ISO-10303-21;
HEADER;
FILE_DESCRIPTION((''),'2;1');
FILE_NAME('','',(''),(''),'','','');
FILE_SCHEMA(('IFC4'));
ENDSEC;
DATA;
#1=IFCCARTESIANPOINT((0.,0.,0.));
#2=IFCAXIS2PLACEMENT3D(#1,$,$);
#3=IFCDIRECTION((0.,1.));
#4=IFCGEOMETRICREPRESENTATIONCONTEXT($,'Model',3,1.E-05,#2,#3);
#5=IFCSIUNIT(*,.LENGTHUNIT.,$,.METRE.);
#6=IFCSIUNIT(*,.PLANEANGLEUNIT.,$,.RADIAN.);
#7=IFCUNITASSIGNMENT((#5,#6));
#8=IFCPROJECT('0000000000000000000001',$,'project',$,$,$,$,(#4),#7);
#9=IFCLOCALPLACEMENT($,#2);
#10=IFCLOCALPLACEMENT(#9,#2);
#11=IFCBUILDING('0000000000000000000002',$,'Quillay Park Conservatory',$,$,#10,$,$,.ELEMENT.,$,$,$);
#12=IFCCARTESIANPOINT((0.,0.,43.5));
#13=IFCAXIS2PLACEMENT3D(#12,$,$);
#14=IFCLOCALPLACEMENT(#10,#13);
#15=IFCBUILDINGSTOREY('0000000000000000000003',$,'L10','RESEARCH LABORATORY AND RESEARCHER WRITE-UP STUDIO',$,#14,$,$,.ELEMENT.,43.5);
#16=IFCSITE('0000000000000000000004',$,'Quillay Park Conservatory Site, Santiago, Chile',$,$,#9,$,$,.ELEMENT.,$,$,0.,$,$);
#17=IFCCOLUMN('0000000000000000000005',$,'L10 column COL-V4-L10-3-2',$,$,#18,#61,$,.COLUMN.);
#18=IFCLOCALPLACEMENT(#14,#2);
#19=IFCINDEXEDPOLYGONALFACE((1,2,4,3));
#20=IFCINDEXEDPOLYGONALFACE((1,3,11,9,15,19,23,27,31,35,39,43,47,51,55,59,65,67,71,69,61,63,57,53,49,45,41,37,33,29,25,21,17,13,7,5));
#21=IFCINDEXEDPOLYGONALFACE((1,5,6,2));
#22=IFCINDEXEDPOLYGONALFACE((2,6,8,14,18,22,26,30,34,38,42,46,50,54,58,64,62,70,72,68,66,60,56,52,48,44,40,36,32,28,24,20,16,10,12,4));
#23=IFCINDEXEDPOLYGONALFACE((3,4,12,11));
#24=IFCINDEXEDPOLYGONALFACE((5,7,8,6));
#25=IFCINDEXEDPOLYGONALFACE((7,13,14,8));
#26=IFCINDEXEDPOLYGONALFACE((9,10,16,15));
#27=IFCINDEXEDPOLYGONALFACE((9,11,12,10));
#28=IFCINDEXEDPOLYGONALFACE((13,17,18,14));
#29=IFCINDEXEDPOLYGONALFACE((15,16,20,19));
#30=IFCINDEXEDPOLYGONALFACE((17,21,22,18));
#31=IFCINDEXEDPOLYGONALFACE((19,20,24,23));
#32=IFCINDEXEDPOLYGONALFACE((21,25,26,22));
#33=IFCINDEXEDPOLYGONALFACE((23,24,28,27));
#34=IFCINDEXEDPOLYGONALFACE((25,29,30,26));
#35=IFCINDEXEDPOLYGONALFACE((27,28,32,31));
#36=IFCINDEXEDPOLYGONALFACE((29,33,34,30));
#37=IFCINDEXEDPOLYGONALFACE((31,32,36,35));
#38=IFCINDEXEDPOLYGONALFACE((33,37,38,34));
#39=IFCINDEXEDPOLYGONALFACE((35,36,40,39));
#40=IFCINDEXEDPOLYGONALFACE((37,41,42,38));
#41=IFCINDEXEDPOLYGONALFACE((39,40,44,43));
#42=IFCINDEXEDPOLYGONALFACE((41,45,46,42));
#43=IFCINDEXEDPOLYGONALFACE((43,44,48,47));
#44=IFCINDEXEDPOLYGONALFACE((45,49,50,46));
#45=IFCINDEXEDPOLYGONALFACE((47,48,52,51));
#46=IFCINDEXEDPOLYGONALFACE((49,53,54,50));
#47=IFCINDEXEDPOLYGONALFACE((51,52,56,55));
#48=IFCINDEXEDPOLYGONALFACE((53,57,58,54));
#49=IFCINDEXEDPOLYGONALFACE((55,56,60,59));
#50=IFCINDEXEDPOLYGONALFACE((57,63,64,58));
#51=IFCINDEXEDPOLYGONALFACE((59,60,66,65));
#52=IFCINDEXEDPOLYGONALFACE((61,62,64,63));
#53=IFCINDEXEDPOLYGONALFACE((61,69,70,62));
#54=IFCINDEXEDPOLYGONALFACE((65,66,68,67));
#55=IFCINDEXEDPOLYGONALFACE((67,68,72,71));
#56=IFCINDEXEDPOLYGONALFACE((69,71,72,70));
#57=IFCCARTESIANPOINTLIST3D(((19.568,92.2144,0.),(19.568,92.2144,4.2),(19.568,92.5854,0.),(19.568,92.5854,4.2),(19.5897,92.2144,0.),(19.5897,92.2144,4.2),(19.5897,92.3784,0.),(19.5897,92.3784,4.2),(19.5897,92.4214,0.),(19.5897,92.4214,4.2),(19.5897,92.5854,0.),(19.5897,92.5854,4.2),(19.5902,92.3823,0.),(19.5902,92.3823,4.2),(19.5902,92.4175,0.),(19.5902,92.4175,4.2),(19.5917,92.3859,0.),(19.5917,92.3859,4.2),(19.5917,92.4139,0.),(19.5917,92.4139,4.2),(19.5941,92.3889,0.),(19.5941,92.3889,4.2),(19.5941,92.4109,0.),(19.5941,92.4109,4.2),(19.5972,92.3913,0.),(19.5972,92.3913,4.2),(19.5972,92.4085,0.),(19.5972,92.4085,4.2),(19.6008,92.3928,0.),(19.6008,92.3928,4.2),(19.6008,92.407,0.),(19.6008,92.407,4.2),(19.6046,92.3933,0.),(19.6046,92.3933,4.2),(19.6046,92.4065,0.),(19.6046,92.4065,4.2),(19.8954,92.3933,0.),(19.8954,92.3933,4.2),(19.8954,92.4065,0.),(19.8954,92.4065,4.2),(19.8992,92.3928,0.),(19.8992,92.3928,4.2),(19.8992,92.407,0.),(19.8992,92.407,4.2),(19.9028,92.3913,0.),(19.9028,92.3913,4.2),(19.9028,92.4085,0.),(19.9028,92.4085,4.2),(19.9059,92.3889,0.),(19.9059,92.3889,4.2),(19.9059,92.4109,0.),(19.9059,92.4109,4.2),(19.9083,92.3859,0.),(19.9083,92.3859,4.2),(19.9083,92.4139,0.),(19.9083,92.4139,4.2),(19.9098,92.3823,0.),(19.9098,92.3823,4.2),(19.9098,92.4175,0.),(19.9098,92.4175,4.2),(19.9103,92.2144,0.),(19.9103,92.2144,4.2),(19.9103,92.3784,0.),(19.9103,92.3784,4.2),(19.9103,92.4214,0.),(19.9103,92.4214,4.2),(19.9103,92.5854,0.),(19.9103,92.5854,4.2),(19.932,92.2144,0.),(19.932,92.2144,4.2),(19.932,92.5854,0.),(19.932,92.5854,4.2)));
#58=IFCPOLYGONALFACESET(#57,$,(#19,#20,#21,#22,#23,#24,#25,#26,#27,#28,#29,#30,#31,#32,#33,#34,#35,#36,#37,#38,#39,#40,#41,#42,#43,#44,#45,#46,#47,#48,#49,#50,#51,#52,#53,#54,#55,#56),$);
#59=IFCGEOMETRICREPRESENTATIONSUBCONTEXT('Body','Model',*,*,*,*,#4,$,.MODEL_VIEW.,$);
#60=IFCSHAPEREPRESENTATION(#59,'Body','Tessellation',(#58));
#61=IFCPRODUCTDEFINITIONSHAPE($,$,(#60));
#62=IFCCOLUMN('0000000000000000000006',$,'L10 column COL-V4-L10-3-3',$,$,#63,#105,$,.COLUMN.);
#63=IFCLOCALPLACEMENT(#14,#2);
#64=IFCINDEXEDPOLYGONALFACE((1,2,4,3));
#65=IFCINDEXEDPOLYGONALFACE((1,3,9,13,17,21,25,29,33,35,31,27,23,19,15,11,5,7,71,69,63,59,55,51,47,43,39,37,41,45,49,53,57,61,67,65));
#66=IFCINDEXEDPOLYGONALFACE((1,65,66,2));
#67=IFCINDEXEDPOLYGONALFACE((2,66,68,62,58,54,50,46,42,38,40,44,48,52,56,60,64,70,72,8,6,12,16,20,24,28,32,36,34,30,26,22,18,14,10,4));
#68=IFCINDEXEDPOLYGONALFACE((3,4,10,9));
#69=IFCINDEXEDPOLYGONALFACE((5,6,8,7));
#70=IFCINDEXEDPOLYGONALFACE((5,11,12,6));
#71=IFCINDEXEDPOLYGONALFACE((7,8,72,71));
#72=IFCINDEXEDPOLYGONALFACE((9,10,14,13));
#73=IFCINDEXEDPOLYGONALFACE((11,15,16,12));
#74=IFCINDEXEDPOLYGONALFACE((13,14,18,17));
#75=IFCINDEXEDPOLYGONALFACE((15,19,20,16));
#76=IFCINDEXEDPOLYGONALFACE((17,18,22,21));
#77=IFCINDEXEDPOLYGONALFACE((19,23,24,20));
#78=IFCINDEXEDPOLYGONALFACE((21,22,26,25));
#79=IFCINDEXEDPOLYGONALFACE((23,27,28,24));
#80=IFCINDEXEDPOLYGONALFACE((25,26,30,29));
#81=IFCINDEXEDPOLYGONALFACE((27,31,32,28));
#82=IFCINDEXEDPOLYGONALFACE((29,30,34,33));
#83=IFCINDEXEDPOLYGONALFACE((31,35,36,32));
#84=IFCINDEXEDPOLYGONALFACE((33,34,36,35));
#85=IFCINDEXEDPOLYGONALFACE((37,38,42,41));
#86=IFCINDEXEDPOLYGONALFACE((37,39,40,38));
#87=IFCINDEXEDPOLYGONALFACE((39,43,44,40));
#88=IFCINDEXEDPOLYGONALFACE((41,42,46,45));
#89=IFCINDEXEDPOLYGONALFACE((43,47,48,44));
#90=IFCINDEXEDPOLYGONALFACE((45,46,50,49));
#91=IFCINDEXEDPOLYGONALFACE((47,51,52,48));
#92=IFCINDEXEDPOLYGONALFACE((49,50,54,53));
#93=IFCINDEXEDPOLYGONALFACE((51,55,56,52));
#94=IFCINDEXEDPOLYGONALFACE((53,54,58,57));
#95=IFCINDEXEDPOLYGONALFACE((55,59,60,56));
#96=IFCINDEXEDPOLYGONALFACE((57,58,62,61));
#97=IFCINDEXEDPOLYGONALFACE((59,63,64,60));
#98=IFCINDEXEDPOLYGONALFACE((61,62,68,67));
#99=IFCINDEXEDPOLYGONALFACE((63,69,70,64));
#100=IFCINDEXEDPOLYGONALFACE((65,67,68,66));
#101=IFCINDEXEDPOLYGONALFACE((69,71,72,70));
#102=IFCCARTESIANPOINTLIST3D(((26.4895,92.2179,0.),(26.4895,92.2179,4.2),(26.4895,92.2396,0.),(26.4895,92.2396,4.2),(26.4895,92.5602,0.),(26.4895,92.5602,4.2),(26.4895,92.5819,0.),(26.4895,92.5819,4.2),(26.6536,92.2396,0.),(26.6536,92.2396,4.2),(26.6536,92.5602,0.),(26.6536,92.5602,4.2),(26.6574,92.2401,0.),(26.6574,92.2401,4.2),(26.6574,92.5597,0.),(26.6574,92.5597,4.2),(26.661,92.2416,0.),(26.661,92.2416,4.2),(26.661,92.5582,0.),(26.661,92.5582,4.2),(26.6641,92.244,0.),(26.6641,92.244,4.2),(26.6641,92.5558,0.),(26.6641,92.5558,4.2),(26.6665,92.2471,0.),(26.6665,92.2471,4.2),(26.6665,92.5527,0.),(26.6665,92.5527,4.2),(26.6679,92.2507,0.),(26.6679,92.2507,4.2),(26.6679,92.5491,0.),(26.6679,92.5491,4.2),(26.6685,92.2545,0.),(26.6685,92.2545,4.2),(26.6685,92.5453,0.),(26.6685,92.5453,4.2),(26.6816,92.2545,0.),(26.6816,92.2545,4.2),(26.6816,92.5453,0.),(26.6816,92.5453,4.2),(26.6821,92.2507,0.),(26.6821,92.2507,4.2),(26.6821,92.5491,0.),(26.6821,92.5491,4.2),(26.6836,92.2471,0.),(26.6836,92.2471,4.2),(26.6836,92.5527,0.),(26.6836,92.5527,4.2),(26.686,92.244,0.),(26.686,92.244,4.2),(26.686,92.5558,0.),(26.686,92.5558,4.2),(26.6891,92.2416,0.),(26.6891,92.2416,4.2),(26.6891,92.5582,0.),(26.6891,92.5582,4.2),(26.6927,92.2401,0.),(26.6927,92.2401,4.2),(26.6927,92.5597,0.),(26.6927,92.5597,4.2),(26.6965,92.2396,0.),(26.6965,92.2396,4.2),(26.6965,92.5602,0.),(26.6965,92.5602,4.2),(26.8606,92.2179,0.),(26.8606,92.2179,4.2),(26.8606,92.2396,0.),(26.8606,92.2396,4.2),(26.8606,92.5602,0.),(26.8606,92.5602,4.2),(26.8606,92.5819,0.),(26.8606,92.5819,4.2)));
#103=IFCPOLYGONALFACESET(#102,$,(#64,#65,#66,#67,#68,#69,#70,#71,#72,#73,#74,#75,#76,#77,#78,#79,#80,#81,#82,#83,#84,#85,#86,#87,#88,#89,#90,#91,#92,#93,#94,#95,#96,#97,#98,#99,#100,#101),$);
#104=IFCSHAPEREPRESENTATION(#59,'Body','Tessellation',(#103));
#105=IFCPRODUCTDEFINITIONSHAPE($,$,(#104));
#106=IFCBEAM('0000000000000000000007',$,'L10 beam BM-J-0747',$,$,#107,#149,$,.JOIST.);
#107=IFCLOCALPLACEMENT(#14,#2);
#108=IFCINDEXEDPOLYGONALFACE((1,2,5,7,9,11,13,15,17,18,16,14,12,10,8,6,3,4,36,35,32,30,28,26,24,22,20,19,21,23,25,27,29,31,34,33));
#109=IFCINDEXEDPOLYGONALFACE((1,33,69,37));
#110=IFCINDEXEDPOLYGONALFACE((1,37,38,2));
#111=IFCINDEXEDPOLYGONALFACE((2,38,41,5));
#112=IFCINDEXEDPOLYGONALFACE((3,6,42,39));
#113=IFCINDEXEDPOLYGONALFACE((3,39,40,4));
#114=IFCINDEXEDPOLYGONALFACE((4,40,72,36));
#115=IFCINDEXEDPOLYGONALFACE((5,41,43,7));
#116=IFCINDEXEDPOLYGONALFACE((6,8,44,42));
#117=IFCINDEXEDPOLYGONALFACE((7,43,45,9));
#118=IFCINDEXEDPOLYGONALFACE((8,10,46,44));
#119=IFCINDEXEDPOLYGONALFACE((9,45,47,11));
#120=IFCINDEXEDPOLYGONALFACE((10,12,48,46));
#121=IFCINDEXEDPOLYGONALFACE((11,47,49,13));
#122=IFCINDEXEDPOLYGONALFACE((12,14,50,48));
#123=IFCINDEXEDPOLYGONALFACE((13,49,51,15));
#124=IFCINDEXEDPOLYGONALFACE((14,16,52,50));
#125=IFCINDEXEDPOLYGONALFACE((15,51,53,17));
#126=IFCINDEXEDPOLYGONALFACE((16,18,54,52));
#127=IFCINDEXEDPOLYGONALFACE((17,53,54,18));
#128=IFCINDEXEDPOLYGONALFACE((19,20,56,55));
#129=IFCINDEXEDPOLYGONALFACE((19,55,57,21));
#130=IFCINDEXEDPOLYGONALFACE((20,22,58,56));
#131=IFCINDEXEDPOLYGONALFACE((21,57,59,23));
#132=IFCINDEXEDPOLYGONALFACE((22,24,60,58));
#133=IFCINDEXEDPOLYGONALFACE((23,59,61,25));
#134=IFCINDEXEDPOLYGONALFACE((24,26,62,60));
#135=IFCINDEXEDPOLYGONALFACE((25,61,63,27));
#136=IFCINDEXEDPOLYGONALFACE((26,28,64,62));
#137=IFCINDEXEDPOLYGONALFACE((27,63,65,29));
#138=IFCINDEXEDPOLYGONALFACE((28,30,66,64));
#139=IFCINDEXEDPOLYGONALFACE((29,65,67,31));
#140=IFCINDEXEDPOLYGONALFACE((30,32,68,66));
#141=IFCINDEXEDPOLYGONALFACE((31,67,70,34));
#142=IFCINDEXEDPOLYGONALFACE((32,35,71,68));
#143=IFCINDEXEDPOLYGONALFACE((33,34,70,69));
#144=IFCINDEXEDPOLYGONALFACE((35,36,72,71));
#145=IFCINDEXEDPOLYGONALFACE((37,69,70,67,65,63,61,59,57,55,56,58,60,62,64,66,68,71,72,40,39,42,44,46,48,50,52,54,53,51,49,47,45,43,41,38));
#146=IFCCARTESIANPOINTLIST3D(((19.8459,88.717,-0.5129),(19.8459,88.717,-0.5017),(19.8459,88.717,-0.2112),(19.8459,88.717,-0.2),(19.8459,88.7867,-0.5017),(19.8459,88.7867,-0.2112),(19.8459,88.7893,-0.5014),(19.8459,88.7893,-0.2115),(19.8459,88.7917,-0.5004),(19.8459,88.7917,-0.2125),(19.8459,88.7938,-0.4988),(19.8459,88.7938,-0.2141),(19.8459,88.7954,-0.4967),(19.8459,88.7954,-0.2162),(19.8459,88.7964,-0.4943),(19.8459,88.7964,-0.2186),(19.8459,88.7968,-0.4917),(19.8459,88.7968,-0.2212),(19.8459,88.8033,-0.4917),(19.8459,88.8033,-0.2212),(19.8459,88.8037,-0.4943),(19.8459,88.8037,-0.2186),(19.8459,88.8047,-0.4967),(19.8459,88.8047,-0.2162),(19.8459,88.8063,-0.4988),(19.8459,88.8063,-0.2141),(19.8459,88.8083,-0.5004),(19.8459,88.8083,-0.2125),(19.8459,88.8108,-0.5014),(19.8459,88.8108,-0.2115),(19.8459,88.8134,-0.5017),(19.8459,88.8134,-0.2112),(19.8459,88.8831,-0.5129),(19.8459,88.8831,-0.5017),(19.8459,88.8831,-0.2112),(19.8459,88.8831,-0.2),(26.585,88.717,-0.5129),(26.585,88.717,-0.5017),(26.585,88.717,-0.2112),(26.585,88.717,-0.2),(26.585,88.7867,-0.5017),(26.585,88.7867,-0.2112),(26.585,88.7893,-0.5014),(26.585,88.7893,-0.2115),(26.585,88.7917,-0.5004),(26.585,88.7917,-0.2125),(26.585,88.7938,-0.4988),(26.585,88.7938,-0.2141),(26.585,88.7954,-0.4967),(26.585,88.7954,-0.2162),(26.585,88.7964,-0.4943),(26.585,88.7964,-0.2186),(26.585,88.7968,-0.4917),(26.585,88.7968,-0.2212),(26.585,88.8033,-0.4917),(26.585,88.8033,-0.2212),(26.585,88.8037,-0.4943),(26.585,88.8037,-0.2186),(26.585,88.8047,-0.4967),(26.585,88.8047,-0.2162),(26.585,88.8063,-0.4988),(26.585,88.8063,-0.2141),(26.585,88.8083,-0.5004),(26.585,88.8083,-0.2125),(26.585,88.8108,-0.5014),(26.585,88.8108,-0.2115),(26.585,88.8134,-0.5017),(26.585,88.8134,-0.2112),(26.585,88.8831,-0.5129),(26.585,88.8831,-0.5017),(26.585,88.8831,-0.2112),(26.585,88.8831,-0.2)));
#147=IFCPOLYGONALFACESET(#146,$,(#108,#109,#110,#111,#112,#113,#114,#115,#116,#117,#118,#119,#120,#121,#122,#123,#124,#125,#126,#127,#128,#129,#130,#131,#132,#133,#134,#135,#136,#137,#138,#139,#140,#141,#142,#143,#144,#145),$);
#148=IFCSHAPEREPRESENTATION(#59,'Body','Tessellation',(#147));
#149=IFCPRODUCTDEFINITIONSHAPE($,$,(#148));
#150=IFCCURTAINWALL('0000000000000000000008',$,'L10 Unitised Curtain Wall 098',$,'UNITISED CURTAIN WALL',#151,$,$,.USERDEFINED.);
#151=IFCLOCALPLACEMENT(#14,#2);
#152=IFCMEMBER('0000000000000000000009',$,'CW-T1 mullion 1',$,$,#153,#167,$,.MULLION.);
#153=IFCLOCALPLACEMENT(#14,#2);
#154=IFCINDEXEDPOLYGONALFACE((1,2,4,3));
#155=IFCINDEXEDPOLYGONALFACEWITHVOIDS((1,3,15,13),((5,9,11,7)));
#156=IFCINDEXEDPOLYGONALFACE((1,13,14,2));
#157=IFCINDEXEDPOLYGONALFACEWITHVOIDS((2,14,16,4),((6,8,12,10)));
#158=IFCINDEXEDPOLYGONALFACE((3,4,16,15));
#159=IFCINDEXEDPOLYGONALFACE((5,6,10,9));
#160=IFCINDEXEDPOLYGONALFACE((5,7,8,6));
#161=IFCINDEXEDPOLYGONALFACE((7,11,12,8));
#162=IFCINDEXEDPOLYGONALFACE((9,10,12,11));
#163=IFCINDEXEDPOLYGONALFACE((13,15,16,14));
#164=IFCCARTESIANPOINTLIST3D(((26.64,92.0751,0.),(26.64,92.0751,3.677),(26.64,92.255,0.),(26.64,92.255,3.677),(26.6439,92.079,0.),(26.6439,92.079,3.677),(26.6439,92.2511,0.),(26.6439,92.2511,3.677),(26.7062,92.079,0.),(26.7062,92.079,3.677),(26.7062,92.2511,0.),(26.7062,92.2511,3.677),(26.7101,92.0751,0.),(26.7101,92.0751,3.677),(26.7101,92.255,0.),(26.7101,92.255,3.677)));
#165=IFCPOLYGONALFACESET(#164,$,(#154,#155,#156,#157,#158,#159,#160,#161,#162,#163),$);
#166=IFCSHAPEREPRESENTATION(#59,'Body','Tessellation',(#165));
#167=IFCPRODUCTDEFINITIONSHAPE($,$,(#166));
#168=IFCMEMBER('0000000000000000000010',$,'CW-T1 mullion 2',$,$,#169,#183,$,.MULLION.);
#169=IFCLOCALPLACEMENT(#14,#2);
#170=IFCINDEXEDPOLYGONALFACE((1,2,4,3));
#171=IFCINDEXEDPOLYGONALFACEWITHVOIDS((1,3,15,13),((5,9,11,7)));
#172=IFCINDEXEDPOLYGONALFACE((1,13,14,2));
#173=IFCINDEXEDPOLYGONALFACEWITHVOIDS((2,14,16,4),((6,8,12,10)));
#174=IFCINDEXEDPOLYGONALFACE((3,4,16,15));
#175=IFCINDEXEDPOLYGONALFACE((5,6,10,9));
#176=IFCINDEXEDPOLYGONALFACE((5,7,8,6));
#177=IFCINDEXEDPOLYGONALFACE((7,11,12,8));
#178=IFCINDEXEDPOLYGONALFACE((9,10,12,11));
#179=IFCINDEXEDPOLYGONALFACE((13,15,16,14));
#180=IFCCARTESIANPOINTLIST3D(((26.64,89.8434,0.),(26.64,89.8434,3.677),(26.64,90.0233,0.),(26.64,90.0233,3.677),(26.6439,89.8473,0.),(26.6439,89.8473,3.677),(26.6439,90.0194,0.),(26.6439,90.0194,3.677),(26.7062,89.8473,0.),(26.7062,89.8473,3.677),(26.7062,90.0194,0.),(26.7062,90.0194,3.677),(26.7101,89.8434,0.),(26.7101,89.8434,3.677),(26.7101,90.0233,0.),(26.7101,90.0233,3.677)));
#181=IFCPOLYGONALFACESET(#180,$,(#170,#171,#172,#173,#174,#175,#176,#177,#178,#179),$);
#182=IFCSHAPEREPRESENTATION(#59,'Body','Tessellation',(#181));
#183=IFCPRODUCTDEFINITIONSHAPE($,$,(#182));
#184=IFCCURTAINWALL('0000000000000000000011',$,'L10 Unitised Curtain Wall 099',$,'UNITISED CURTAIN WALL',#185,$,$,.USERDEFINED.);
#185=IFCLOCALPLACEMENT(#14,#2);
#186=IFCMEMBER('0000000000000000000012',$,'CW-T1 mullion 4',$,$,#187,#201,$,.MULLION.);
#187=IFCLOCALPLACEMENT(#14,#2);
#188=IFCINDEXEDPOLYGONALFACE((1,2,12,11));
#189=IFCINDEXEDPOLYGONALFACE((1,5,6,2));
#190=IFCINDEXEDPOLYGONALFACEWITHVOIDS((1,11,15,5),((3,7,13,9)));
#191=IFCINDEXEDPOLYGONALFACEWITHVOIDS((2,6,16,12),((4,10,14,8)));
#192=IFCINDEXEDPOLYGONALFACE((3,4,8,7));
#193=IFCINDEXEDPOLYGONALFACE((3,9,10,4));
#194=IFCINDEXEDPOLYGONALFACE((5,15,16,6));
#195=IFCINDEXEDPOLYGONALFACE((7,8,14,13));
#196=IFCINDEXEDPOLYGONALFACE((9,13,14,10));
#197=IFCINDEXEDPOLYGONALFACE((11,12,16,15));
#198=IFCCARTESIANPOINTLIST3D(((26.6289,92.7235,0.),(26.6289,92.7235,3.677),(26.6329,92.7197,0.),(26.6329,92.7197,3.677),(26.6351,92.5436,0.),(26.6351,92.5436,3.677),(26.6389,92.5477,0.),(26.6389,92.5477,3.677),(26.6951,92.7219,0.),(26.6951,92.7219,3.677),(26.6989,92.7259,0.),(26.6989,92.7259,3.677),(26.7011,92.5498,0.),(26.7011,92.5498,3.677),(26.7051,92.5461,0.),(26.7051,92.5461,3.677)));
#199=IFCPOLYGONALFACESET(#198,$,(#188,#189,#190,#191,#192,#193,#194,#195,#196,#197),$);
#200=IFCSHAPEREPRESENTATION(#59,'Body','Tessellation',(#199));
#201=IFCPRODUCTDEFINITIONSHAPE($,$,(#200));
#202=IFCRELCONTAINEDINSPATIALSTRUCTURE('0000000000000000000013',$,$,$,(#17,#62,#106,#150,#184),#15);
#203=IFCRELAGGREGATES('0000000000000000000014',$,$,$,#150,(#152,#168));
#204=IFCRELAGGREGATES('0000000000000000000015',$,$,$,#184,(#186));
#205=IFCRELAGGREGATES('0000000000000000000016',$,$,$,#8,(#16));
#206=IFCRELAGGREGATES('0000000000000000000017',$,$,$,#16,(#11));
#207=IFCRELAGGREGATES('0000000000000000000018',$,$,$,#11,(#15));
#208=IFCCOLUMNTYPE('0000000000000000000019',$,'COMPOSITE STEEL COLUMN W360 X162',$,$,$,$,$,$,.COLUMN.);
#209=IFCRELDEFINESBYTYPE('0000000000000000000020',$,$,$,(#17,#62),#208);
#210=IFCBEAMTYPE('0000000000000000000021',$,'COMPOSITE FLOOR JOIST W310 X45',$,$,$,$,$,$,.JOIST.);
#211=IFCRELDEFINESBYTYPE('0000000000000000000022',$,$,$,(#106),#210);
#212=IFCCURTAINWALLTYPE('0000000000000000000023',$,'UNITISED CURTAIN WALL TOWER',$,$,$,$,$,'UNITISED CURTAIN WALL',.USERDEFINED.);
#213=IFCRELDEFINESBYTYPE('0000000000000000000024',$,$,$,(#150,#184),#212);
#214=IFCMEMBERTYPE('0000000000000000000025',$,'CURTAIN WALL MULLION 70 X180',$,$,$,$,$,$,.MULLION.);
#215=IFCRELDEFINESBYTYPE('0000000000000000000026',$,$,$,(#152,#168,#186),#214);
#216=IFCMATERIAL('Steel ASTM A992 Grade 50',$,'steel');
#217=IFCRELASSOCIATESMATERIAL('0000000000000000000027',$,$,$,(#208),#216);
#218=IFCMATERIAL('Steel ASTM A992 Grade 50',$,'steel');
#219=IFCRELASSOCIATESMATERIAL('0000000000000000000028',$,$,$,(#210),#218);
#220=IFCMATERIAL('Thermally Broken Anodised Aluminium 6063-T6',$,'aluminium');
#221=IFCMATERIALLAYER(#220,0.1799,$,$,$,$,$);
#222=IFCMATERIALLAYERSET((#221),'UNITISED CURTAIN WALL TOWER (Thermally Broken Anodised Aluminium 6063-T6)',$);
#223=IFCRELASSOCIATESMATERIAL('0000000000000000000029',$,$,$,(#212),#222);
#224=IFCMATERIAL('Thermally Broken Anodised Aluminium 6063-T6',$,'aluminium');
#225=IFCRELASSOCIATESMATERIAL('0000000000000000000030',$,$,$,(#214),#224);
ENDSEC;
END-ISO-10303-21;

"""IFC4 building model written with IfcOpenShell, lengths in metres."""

from ifc_helpers import new_model, si_unit, direction, frame, origin, origin_2d, place, context, subcontext, project, spatial, hollow_rectangle, i_section, extrude, material, layer, layer_set, material_profile, profile_set, type_object, element, aggregate, save


model = new_model("IFC4")

# Units and contexts
model_context = context("Model", 3, precision=1e-05, world=origin(), true_north=direction((0.0, 1.0)))
body_context = subcontext(model_context, "Body", "Model", "MODEL_VIEW")
ifc_project = project(units=[si_unit("LENGTHUNIT", "METRE"), si_unit("PLANEANGLEUNIT", "RADIAN")], contexts=[model_context])

# Site, building, storey
site_placement = place(None, origin())
site = spatial("IfcSite", under=ifc_project, at=site_placement, Name="Quillay Park Conservatory Site, Santiago, Chile", CompositionType="ELEMENT", RefElevation=0.0)
building_placement = place(site_placement, origin())
building = spatial("IfcBuilding", under=site, at=building_placement, Name="Quillay Park Conservatory", CompositionType="ELEMENT")
storey_placement = place(building_placement, frame((0.0, 0.0, 43.5)))
storey = spatial("IfcBuildingStorey", under=building, at=storey_placement, Name="L10", Description="RESEARCH LABORATORY AND RESEARCHER WRITE-UP STUDIO", CompositionType="ELEMENT", Elevation=43.5)

# Columns
ifc_material_1 = material(Name="Steel ASTM A992 Grade 50", Category="steel")
ifc_material_profile_1 = material_profile(ifc_material_1, i_section(OverallWidth=0.3711, OverallDepth=0.364, WebThickness=0.0132, FlangeThickness=0.0217, FilletRadius=0.0149, at=origin_2d()), Name="W360x162")
ifc_profile_set_1 = profile_set([ifc_material_profile_1], Name="Steel ASTM A992 Grade 50")
column_type = type_object("IfcColumnType", Name="COMPOSITE STEEL COLUMN W360 X162", PredefinedType="COLUMN", material=ifc_profile_set_1)
for number, where, z_axis, x_axis, name in (
    (1, (19.75, 92.3999, 0.0), (0.0, 0.0, 1.0), (0.0, 1.0, 0.0), "L10 column COL-V4-L10-3-2"),
    (2, (26.675, 92.3999, 0.0), (0.0, 0.0, 1.0), (1.0, 0.0, 0.0), "L10 column COL-V4-L10-3-3"),
):
    element("IfcColumn", number, at=place(storey_placement, frame(where, z_axis=z_axis, x_axis=x_axis)), inside=storey, type_object=column_type, Name=name, PredefinedType="COLUMN", context=body_context, shape_type="SweptSolid", body=[
        extrude(i_section(OverallWidth=0.3711, OverallDepth=0.364, WebThickness=0.0132, FlangeThickness=0.0217, FilletRadius=0.0149, at=origin_2d()), origin(), (0.0, 0.0, 1.0), 4.2),
    ])

# Beam
ifc_material_2 = material(Name="Steel ASTM A992 Grade 50", Category="steel")
ifc_material_profile_2 = material_profile(ifc_material_2, i_section(OverallWidth=0.166, OverallDepth=0.313, WebThickness=0.0066, FlangeThickness=0.0112, FilletRadius=0.01, at=origin_2d()), Name="W310x45")
ifc_profile_set_2 = profile_set([ifc_material_profile_2], Name="Steel ASTM A992 Grade 50")
beam_type_1 = type_object("IfcBeamType", Name="COMPOSITE FLOOR JOIST W310 X45", PredefinedType="JOIST", material=ifc_profile_set_2)
beam_1_placement = place(storey_placement, frame((19.8459, 88.8, -0.3564), z_axis=(1.0, 0.0, 0.0), x_axis=(0.0, 1.0, 0.0)))
element("IfcBeam", 3, at=beam_1_placement, inside=storey, type_object=beam_type_1, Name="L10 beam BM-J-0747", PredefinedType="JOIST", context=body_context, shape_type="SweptSolid", body=[
    extrude(i_section(OverallWidth=0.166, OverallDepth=0.313, WebThickness=0.0066, FlangeThickness=0.0112, FilletRadius=0.01, at=origin_2d()), origin(), (0.0, 0.0, 1.0), 6.739),
])

# Curtain wall, members
ifc_material_3 = material(Name="Thermally Broken Anodised Aluminium 6063-T6", Category="aluminium")
ifc_layer_1 = layer(ifc_material_3, 0.1799)
ifc_layer_set_1 = layer_set([ifc_layer_1], Name="UNITISED CURTAIN WALL TOWER (Thermally Broken Anodised Aluminium 6063-T6)")
curtain_wall_type = type_object("IfcCurtainWallType", Name="UNITISED CURTAIN WALL TOWER", ElementType="UNITISED CURTAIN WALL", PredefinedType="USERDEFINED", material=ifc_layer_set_1)
curtain_wall_1_placement = place(storey_placement, origin())
curtain_wall_1 = element("IfcCurtainWall", 4, at=curtain_wall_1_placement, inside=storey, type_object=curtain_wall_type, Name="L10 Unitised Curtain Wall 098", ObjectType="UNITISED CURTAIN WALL", PredefinedType="USERDEFINED")
ifc_material_4 = material(Name="Thermally Broken Anodised Aluminium 6063-T6", Category="aluminium")
ifc_material_profile_3 = material_profile(ifc_material_4, hollow_rectangle(XDim=0.0701, YDim=0.1799, WallThickness=0.0039, at=origin_2d()), Name="AL70x180x4")
ifc_profile_set_3 = profile_set([ifc_material_profile_3], Name="Thermally Broken Anodised Aluminium 6063-T6")
member_type_1 = type_object("IfcMemberType", Name="CURTAIN WALL MULLION 70 X180", PredefinedType="MULLION", material=ifc_profile_set_3)
member_1_placement = place(storey_placement, frame((26.675, 92.165, 0.0), z_axis=(0.0, 0.0, 1.0), x_axis=(1.0, 0.0, 0.0)))
member_1 = element("IfcMember", 5, at=member_1_placement, type_object=member_type_1, Name="CW-T1 mullion 1", PredefinedType="MULLION", context=body_context, shape_type="SweptSolid", body=[
    extrude(hollow_rectangle(XDim=0.0701, YDim=0.1799, WallThickness=0.0039, at=origin_2d()), origin(), (0.0, 0.0, 1.0), 3.677),
])
member_2_placement = place(storey_placement, frame((26.675, 89.9333, 0.0), z_axis=(0.0, 0.0, 1.0), x_axis=(1.0, 0.0, 0.0)))
member_2 = element("IfcMember", 6, at=member_2_placement, type_object=member_type_1, Name="CW-T1 mullion 2", PredefinedType="MULLION", context=body_context, shape_type="SweptSolid", body=[
    extrude(hollow_rectangle(XDim=0.0701, YDim=0.1799, WallThickness=0.0039, at=origin_2d()), origin(), (0.0, 0.0, 1.0), 3.677),
])

# Curtain wall, member
curtain_wall_2_placement = place(storey_placement, origin())
curtain_wall_2 = element("IfcCurtainWall", 7, at=curtain_wall_2_placement, inside=storey, type_object=curtain_wall_type, Name="L10 Unitised Curtain Wall 099", ObjectType="UNITISED CURTAIN WALL", PredefinedType="USERDEFINED")
member_3_placement = place(storey_placement, frame((26.667, 92.6348, 0.0), z_axis=(0.0, 0.0, 1.0), x_axis=(0.999397, 0.034713, 0.0)))
member_3 = element("IfcMember", 8, at=member_3_placement, type_object=member_type_1, Name="CW-T1 mullion 4", PredefinedType="MULLION", context=body_context, shape_type="SweptSolid", body=[
    extrude(hollow_rectangle(XDim=0.0701, YDim=0.1799, WallThickness=0.0039, at=origin_2d()), origin(), (0.0, 0.0, 1.0), 3.677),
])

aggregate(curtain_wall_1, [member_1, member_2])
aggregate(curtain_wall_2, [member_3])

save(model, "model.ifc")
